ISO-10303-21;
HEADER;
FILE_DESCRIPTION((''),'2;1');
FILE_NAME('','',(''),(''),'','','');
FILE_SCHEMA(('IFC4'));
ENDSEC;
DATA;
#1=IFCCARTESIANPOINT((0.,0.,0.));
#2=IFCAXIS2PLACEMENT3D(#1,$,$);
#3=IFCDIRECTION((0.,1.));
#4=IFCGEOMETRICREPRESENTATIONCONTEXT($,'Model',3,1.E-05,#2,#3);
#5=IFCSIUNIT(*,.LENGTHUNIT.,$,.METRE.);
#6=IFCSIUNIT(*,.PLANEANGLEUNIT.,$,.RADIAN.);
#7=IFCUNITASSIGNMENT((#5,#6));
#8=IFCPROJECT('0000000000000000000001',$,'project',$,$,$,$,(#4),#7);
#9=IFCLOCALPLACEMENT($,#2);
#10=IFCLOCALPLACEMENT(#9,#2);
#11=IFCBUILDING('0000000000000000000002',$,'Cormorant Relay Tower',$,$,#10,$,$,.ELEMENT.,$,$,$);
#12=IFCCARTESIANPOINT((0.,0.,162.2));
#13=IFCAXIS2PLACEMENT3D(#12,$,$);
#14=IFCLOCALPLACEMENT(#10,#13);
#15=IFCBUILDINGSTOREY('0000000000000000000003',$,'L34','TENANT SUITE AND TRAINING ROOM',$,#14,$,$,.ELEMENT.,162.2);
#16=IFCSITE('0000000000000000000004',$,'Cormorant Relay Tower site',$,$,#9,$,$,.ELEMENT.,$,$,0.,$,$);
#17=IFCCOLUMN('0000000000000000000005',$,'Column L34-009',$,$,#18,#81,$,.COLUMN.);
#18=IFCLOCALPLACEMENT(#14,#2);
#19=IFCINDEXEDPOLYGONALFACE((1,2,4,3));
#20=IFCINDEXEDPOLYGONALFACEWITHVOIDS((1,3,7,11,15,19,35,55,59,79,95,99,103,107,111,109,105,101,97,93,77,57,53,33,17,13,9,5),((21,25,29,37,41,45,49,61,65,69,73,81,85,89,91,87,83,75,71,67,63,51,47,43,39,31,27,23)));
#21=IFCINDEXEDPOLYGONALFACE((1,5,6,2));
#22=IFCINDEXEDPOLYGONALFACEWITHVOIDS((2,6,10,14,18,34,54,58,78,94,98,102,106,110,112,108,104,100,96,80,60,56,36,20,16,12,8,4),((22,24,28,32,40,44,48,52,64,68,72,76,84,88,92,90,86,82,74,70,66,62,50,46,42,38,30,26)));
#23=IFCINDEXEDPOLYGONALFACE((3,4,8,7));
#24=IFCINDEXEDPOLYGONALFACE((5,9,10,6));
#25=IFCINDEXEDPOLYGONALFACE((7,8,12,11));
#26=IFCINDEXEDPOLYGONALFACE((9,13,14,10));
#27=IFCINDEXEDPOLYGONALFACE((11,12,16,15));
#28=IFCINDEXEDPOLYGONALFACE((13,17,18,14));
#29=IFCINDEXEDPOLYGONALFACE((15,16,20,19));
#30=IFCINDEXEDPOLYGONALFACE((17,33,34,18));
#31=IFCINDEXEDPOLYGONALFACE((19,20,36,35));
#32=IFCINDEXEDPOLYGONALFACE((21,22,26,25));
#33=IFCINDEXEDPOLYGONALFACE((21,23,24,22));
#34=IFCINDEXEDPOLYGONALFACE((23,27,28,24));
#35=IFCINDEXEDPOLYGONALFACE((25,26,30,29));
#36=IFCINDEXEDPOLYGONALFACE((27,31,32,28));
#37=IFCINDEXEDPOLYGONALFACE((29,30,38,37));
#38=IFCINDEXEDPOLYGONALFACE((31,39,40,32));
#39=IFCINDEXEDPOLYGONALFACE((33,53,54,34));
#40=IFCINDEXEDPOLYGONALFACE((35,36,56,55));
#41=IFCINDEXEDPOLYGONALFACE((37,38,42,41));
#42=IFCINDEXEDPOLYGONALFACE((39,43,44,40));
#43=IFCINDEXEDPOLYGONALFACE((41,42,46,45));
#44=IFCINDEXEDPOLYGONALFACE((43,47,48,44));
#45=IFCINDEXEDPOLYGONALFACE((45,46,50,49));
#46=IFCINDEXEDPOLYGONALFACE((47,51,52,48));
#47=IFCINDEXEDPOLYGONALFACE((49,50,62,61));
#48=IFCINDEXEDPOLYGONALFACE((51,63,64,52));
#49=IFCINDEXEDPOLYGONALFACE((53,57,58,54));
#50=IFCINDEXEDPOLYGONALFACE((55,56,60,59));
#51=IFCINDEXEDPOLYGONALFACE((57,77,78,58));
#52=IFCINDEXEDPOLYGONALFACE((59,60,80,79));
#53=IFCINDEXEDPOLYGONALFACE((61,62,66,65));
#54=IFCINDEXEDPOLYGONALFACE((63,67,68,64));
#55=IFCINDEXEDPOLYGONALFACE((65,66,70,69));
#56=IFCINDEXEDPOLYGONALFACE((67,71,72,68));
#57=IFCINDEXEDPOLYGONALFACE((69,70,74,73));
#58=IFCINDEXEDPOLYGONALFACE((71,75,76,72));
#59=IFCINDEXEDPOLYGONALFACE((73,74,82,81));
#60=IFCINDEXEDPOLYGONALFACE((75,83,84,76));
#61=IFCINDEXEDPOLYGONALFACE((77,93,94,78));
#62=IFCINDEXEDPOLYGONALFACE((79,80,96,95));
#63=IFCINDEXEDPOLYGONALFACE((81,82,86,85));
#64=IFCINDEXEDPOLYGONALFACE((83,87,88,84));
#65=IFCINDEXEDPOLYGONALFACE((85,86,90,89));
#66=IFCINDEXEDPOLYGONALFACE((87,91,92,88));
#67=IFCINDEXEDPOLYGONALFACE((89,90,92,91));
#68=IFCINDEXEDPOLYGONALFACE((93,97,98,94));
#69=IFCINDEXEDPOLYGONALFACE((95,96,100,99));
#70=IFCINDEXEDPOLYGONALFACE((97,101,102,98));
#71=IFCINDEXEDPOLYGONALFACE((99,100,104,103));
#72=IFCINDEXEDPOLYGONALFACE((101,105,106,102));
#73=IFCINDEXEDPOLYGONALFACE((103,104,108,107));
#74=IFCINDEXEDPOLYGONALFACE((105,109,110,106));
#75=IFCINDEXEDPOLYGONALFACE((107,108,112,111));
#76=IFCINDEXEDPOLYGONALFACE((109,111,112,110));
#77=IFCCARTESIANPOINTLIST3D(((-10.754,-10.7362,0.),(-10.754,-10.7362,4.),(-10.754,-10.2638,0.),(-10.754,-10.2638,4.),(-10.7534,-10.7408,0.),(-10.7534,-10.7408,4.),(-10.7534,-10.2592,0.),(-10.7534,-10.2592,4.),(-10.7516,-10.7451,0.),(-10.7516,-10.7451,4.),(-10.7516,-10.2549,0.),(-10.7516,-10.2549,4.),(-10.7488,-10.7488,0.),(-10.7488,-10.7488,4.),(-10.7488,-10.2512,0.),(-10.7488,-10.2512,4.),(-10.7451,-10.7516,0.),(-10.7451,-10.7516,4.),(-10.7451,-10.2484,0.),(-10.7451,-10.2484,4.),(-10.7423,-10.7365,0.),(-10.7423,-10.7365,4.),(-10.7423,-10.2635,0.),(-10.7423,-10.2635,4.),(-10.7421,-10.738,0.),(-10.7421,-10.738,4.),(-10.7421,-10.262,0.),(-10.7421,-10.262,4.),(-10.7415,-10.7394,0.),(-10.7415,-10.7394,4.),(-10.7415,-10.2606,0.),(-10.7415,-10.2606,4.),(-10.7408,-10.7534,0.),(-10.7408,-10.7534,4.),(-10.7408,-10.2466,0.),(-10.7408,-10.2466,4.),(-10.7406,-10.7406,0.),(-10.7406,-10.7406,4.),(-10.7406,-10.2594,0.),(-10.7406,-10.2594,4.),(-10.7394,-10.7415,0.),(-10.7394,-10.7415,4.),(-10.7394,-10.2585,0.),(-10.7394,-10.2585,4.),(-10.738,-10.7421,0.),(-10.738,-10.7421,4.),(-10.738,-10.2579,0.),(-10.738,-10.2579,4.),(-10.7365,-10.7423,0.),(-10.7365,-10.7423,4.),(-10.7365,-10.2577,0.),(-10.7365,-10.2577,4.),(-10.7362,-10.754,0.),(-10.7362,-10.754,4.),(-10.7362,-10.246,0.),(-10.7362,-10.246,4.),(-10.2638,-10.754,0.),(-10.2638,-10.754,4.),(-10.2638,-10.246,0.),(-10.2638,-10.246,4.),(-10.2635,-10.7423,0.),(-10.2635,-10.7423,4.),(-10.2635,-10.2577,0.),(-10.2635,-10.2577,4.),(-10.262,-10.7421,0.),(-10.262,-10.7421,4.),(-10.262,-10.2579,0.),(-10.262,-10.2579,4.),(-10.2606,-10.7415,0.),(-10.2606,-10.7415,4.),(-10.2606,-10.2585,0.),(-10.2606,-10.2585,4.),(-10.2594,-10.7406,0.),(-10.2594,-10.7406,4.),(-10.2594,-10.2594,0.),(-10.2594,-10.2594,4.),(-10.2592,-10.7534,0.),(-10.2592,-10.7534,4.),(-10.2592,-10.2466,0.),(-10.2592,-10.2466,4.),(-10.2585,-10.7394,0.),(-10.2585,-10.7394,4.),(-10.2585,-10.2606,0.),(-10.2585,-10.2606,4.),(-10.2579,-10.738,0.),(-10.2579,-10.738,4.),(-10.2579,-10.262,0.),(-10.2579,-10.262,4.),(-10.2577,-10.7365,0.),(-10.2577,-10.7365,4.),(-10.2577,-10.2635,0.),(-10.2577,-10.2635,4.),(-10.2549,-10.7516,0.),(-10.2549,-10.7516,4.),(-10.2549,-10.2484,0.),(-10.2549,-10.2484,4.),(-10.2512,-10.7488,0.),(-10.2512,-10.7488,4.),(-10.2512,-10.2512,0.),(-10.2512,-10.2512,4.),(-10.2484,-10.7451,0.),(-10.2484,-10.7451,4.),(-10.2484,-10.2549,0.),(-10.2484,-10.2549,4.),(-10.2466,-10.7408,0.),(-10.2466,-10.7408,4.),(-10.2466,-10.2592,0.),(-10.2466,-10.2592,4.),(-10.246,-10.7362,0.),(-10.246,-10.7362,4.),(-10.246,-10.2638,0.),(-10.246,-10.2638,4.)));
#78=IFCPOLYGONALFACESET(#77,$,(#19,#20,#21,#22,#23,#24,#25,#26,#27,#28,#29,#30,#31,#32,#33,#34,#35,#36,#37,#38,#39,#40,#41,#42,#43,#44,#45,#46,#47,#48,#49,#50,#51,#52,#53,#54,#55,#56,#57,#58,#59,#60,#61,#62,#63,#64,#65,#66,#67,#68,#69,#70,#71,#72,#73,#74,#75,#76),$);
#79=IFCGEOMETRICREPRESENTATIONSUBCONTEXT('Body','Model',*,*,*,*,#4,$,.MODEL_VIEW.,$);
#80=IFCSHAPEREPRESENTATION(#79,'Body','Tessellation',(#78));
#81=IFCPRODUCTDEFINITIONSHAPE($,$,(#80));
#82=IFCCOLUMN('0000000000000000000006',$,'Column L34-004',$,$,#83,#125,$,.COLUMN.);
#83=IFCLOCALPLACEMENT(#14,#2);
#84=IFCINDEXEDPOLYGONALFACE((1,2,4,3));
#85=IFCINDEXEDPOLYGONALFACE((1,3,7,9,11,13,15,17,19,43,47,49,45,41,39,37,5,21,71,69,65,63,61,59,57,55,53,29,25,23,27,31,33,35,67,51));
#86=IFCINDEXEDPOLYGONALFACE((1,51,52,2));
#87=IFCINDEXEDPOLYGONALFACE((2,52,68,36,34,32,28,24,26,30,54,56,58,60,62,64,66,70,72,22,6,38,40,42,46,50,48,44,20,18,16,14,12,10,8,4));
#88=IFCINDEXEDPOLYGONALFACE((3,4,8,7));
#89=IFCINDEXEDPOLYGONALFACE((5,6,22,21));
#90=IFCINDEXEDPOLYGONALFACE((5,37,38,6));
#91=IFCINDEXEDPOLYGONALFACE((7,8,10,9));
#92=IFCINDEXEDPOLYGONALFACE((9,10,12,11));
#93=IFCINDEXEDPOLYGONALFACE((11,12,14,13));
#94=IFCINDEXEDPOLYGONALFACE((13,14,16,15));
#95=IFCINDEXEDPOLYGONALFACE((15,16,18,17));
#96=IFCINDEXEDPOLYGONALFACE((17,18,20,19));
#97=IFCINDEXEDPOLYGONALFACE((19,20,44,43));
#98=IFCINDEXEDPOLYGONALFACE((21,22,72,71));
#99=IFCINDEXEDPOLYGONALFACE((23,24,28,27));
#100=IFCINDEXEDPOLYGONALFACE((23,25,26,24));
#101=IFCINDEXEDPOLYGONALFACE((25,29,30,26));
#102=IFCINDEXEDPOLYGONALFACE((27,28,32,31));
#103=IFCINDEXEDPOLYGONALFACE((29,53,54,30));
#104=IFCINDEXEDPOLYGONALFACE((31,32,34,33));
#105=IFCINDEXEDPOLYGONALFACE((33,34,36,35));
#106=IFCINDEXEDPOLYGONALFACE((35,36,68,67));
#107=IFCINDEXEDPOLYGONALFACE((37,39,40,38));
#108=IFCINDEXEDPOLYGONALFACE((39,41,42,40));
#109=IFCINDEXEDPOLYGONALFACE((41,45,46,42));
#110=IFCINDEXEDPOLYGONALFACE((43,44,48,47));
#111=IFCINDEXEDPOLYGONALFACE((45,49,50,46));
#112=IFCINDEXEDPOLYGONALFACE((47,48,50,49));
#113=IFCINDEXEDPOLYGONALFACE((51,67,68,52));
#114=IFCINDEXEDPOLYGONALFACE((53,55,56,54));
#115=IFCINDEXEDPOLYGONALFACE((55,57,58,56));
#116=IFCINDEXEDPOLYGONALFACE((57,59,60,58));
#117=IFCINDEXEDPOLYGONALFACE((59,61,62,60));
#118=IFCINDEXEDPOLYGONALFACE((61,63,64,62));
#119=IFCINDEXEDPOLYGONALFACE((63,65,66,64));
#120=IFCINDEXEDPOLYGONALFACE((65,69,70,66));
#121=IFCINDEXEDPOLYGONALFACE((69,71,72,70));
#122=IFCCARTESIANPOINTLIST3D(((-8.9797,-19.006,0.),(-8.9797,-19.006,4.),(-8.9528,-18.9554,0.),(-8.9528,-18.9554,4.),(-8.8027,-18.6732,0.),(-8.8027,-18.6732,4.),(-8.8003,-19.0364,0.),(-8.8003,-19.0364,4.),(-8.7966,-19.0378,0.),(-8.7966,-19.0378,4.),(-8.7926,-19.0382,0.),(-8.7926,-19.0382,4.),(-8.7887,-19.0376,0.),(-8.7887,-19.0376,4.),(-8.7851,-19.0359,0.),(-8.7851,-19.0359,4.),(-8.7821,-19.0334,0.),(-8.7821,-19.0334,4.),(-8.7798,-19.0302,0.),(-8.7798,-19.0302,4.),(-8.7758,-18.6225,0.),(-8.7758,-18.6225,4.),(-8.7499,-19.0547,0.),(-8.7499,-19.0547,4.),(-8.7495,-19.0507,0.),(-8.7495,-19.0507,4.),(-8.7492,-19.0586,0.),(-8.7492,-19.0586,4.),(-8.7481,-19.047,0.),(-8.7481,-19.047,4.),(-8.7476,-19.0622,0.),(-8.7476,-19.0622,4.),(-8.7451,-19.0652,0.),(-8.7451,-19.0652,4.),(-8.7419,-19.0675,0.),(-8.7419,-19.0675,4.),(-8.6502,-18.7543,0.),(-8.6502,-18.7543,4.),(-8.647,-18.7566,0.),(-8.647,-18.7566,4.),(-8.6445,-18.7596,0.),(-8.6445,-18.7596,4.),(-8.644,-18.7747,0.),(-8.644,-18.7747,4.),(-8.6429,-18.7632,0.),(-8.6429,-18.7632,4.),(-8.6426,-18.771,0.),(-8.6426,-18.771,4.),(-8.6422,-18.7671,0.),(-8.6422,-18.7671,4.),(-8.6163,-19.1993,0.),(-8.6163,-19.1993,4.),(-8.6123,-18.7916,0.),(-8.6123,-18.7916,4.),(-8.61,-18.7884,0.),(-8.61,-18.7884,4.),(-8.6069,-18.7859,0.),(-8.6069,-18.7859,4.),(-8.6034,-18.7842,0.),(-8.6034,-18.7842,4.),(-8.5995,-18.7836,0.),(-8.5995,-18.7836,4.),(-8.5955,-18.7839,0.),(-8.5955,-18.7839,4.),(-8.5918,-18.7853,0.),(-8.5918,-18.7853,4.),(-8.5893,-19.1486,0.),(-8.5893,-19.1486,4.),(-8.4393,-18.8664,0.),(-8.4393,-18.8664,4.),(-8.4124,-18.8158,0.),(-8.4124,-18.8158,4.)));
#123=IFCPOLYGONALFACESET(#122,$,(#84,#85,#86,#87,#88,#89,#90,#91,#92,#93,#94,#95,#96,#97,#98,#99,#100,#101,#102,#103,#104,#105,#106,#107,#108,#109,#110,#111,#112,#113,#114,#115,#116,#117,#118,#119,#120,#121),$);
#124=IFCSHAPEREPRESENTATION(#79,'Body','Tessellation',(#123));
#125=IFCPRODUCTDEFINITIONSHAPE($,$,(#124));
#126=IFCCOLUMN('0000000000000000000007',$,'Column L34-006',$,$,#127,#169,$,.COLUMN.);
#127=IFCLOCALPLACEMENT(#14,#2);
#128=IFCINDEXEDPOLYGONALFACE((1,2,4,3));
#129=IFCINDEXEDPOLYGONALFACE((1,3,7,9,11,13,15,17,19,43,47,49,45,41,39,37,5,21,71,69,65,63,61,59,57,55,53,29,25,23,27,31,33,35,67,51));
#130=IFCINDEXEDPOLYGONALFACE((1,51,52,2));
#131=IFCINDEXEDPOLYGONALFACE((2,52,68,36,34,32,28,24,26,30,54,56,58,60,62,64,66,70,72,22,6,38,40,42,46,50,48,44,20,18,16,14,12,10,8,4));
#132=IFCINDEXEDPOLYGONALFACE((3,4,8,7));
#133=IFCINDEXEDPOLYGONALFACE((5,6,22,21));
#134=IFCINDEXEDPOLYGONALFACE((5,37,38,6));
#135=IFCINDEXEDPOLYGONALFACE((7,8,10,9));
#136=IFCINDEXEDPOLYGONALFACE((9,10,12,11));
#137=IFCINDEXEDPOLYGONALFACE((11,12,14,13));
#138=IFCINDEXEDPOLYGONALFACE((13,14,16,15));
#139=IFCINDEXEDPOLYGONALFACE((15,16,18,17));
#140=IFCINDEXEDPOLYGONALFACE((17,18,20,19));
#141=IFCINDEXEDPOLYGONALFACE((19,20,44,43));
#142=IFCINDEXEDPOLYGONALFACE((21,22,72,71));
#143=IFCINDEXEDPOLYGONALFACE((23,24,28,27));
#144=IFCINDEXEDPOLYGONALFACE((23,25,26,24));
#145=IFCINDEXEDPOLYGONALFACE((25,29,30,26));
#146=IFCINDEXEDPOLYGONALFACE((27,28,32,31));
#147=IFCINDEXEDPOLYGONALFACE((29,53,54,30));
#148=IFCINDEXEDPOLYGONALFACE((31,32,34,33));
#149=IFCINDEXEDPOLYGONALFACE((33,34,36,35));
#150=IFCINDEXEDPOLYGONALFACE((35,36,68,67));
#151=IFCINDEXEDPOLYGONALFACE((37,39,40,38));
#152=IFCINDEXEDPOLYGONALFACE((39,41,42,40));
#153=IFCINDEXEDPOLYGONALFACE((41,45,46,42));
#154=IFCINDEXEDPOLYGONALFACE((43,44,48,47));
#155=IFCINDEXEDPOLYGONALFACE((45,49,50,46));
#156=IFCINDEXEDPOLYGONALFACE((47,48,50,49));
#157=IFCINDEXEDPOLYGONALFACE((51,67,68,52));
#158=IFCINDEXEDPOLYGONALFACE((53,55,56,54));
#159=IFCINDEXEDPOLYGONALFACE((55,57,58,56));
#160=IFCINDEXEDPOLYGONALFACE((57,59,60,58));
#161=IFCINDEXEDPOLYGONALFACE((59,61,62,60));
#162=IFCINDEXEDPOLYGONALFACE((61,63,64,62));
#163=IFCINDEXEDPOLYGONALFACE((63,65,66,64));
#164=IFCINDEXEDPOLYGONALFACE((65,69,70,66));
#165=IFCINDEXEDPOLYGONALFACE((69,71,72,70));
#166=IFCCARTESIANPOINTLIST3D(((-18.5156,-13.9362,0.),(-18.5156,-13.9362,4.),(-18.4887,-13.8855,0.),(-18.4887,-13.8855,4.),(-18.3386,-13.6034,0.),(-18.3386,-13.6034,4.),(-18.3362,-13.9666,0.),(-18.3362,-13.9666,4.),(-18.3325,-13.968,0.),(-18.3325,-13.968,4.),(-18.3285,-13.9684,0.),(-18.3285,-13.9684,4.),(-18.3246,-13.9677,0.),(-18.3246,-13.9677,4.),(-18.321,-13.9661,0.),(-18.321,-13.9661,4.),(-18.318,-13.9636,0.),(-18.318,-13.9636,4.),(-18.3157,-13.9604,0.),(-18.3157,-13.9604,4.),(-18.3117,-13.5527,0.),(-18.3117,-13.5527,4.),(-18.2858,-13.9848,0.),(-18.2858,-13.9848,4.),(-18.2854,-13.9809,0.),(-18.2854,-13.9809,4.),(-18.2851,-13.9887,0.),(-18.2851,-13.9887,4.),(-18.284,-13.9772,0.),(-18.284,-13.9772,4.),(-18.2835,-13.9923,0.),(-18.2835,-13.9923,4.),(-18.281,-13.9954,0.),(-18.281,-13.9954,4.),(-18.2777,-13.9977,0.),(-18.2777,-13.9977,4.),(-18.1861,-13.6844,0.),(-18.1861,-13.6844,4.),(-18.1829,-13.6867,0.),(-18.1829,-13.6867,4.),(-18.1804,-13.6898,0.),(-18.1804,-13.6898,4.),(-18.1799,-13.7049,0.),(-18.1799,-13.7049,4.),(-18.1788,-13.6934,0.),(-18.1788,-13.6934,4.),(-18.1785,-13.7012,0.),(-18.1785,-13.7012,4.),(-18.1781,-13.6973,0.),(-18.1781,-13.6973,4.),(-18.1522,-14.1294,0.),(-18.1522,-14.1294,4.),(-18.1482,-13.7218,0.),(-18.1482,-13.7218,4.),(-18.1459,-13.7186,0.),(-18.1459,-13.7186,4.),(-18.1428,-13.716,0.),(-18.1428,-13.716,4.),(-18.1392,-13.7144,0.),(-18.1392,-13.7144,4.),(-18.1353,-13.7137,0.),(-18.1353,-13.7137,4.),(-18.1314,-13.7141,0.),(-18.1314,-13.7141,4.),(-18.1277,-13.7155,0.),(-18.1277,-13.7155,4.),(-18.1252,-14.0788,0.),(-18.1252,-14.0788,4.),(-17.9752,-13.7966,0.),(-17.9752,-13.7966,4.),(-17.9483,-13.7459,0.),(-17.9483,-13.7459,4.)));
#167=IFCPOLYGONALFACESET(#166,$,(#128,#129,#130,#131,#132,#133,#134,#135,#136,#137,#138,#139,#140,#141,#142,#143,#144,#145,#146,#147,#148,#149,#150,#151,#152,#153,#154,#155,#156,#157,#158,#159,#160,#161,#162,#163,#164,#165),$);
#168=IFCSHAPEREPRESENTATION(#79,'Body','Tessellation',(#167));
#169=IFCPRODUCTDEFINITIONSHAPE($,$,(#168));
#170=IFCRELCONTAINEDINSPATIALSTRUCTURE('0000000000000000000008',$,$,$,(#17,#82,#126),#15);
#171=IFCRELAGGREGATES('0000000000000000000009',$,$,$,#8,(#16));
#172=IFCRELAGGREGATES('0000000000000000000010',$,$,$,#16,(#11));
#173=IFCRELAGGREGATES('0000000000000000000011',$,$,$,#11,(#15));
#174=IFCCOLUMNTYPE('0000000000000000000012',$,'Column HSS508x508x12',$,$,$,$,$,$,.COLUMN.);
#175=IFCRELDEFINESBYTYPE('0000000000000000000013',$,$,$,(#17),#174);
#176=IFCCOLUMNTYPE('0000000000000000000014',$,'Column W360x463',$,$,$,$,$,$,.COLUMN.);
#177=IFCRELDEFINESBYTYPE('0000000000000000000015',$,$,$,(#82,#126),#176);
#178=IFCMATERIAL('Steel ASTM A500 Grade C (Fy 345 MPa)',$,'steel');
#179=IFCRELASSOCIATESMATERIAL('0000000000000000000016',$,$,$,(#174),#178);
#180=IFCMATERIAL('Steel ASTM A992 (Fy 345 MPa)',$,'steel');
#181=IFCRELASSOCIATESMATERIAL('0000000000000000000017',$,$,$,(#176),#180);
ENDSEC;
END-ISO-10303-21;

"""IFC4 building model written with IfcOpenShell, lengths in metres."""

from ifc_helpers import new_model, si_unit, direction, frame, origin, origin_2d, place, context, subcontext, project, spatial, hollow_rectangle, i_section, extrude, material, material_profile, profile_set, type_object, element, save


model = new_model("IFC4")

# Units and contexts
model_context = context("Model", 3, precision=1e-05, world=origin(), true_north=direction((0.0, 1.0)))
body_context = subcontext(model_context, "Body", "Model", "MODEL_VIEW")
ifc_project = project(units=[si_unit("LENGTHUNIT", "METRE"), si_unit("PLANEANGLEUNIT", "RADIAN")], contexts=[model_context])

# Site, building, storey
site_placement = place(None, origin())
site = spatial("IfcSite", under=ifc_project, at=site_placement, Name="Cormorant Relay Tower site", CompositionType="ELEMENT", RefElevation=0.0)
building_placement = place(site_placement, origin())
building = spatial("IfcBuilding", under=site, at=building_placement, Name="Cormorant Relay Tower", CompositionType="ELEMENT")
storey_placement = place(building_placement, frame((0.0, 0.0, 162.2)))
storey = spatial("IfcBuildingStorey", under=building, at=storey_placement, Name="L34", Description="TENANT SUITE AND TRAINING ROOM", CompositionType="ELEMENT", Elevation=162.2)

# Columns
ifc_material_1 = material(Name="Steel ASTM A500 Grade C (Fy 345 MPa)", Category="steel")
ifc_material_profile_1 = material_profile(ifc_material_1, hollow_rectangle(XDim=0.5081, YDim=0.5081, WallThickness=0.0117, InnerFilletRadius=0.0059, OuterFilletRadius=0.0178, at=origin_2d()), Name="HSS508x508x12")
ifc_profile_set_1 = profile_set([ifc_material_profile_1], Name="Steel ASTM A500 Grade C (Fy 345 MPa)")
column_type_1 = type_object("IfcColumnType", Name="Column HSS508x508x12", PredefinedType="COLUMN", material=ifc_profile_set_1)
column_1_placement = place(storey_placement, frame((-10.5, -10.5, 0.0), z_axis=(0.0, 0.0, 1.0), x_axis=(1.0, 0.0, 0.0)))
element("IfcColumn", 1, at=column_1_placement, inside=storey, type_object=column_type_1, Name="Column L34-009", PredefinedType="COLUMN", context=body_context, shape_type="SweptSolid", body=[
    extrude(hollow_rectangle(XDim=0.5081, YDim=0.5081, WallThickness=0.0117, InnerFilletRadius=0.0059, OuterFilletRadius=0.0178, at=origin_2d()), origin(), (0.0, 0.0, 1.0), 4.0),
])
ifc_material_2 = material(Name="Steel ASTM A992 (Fy 345 MPa)", Category="steel")
ifc_material_profile_2 = material_profile(ifc_material_2, i_section(OverallWidth=0.4116, OverallDepth=0.4343, WebThickness=0.0359, FlangeThickness=0.0574, FilletRadius=0.0151, at=origin_2d()), Name="W360x463")
ifc_profile_set_2 = profile_set([ifc_material_profile_2], Name="Steel ASTM A992 (Fy 345 MPa)")
column_type_2 = type_object("IfcColumnType", Name="Column W360x463", PredefinedType="COLUMN", material=ifc_profile_set_2)
for number, where, z_axis, x_axis, name in (
    (2, (-8.696, -18.9109, 0.0), (0.0, 0.0, 1.0), (0.882948, -0.469472, 0.0), "Column L34-004"),
    (3, (-18.2319, -13.8411, 0.0), (0.0, 0.0, 1.0), (0.882948, -0.469472, 0.0), "Column L34-006"),
):
    element("IfcColumn", number, at=place(storey_placement, frame(where, z_axis=z_axis, x_axis=x_axis)), inside=storey, type_object=column_type_2, Name=name, PredefinedType="COLUMN", context=body_context, shape_type="SweptSolid", body=[
        extrude(i_section(OverallWidth=0.4116, OverallDepth=0.4343, WebThickness=0.0359, FlangeThickness=0.0574, FilletRadius=0.0151, at=origin_2d()), origin(), (0.0, 0.0, 1.0), 4.0),
    ])

save(model, "model.ifc")
